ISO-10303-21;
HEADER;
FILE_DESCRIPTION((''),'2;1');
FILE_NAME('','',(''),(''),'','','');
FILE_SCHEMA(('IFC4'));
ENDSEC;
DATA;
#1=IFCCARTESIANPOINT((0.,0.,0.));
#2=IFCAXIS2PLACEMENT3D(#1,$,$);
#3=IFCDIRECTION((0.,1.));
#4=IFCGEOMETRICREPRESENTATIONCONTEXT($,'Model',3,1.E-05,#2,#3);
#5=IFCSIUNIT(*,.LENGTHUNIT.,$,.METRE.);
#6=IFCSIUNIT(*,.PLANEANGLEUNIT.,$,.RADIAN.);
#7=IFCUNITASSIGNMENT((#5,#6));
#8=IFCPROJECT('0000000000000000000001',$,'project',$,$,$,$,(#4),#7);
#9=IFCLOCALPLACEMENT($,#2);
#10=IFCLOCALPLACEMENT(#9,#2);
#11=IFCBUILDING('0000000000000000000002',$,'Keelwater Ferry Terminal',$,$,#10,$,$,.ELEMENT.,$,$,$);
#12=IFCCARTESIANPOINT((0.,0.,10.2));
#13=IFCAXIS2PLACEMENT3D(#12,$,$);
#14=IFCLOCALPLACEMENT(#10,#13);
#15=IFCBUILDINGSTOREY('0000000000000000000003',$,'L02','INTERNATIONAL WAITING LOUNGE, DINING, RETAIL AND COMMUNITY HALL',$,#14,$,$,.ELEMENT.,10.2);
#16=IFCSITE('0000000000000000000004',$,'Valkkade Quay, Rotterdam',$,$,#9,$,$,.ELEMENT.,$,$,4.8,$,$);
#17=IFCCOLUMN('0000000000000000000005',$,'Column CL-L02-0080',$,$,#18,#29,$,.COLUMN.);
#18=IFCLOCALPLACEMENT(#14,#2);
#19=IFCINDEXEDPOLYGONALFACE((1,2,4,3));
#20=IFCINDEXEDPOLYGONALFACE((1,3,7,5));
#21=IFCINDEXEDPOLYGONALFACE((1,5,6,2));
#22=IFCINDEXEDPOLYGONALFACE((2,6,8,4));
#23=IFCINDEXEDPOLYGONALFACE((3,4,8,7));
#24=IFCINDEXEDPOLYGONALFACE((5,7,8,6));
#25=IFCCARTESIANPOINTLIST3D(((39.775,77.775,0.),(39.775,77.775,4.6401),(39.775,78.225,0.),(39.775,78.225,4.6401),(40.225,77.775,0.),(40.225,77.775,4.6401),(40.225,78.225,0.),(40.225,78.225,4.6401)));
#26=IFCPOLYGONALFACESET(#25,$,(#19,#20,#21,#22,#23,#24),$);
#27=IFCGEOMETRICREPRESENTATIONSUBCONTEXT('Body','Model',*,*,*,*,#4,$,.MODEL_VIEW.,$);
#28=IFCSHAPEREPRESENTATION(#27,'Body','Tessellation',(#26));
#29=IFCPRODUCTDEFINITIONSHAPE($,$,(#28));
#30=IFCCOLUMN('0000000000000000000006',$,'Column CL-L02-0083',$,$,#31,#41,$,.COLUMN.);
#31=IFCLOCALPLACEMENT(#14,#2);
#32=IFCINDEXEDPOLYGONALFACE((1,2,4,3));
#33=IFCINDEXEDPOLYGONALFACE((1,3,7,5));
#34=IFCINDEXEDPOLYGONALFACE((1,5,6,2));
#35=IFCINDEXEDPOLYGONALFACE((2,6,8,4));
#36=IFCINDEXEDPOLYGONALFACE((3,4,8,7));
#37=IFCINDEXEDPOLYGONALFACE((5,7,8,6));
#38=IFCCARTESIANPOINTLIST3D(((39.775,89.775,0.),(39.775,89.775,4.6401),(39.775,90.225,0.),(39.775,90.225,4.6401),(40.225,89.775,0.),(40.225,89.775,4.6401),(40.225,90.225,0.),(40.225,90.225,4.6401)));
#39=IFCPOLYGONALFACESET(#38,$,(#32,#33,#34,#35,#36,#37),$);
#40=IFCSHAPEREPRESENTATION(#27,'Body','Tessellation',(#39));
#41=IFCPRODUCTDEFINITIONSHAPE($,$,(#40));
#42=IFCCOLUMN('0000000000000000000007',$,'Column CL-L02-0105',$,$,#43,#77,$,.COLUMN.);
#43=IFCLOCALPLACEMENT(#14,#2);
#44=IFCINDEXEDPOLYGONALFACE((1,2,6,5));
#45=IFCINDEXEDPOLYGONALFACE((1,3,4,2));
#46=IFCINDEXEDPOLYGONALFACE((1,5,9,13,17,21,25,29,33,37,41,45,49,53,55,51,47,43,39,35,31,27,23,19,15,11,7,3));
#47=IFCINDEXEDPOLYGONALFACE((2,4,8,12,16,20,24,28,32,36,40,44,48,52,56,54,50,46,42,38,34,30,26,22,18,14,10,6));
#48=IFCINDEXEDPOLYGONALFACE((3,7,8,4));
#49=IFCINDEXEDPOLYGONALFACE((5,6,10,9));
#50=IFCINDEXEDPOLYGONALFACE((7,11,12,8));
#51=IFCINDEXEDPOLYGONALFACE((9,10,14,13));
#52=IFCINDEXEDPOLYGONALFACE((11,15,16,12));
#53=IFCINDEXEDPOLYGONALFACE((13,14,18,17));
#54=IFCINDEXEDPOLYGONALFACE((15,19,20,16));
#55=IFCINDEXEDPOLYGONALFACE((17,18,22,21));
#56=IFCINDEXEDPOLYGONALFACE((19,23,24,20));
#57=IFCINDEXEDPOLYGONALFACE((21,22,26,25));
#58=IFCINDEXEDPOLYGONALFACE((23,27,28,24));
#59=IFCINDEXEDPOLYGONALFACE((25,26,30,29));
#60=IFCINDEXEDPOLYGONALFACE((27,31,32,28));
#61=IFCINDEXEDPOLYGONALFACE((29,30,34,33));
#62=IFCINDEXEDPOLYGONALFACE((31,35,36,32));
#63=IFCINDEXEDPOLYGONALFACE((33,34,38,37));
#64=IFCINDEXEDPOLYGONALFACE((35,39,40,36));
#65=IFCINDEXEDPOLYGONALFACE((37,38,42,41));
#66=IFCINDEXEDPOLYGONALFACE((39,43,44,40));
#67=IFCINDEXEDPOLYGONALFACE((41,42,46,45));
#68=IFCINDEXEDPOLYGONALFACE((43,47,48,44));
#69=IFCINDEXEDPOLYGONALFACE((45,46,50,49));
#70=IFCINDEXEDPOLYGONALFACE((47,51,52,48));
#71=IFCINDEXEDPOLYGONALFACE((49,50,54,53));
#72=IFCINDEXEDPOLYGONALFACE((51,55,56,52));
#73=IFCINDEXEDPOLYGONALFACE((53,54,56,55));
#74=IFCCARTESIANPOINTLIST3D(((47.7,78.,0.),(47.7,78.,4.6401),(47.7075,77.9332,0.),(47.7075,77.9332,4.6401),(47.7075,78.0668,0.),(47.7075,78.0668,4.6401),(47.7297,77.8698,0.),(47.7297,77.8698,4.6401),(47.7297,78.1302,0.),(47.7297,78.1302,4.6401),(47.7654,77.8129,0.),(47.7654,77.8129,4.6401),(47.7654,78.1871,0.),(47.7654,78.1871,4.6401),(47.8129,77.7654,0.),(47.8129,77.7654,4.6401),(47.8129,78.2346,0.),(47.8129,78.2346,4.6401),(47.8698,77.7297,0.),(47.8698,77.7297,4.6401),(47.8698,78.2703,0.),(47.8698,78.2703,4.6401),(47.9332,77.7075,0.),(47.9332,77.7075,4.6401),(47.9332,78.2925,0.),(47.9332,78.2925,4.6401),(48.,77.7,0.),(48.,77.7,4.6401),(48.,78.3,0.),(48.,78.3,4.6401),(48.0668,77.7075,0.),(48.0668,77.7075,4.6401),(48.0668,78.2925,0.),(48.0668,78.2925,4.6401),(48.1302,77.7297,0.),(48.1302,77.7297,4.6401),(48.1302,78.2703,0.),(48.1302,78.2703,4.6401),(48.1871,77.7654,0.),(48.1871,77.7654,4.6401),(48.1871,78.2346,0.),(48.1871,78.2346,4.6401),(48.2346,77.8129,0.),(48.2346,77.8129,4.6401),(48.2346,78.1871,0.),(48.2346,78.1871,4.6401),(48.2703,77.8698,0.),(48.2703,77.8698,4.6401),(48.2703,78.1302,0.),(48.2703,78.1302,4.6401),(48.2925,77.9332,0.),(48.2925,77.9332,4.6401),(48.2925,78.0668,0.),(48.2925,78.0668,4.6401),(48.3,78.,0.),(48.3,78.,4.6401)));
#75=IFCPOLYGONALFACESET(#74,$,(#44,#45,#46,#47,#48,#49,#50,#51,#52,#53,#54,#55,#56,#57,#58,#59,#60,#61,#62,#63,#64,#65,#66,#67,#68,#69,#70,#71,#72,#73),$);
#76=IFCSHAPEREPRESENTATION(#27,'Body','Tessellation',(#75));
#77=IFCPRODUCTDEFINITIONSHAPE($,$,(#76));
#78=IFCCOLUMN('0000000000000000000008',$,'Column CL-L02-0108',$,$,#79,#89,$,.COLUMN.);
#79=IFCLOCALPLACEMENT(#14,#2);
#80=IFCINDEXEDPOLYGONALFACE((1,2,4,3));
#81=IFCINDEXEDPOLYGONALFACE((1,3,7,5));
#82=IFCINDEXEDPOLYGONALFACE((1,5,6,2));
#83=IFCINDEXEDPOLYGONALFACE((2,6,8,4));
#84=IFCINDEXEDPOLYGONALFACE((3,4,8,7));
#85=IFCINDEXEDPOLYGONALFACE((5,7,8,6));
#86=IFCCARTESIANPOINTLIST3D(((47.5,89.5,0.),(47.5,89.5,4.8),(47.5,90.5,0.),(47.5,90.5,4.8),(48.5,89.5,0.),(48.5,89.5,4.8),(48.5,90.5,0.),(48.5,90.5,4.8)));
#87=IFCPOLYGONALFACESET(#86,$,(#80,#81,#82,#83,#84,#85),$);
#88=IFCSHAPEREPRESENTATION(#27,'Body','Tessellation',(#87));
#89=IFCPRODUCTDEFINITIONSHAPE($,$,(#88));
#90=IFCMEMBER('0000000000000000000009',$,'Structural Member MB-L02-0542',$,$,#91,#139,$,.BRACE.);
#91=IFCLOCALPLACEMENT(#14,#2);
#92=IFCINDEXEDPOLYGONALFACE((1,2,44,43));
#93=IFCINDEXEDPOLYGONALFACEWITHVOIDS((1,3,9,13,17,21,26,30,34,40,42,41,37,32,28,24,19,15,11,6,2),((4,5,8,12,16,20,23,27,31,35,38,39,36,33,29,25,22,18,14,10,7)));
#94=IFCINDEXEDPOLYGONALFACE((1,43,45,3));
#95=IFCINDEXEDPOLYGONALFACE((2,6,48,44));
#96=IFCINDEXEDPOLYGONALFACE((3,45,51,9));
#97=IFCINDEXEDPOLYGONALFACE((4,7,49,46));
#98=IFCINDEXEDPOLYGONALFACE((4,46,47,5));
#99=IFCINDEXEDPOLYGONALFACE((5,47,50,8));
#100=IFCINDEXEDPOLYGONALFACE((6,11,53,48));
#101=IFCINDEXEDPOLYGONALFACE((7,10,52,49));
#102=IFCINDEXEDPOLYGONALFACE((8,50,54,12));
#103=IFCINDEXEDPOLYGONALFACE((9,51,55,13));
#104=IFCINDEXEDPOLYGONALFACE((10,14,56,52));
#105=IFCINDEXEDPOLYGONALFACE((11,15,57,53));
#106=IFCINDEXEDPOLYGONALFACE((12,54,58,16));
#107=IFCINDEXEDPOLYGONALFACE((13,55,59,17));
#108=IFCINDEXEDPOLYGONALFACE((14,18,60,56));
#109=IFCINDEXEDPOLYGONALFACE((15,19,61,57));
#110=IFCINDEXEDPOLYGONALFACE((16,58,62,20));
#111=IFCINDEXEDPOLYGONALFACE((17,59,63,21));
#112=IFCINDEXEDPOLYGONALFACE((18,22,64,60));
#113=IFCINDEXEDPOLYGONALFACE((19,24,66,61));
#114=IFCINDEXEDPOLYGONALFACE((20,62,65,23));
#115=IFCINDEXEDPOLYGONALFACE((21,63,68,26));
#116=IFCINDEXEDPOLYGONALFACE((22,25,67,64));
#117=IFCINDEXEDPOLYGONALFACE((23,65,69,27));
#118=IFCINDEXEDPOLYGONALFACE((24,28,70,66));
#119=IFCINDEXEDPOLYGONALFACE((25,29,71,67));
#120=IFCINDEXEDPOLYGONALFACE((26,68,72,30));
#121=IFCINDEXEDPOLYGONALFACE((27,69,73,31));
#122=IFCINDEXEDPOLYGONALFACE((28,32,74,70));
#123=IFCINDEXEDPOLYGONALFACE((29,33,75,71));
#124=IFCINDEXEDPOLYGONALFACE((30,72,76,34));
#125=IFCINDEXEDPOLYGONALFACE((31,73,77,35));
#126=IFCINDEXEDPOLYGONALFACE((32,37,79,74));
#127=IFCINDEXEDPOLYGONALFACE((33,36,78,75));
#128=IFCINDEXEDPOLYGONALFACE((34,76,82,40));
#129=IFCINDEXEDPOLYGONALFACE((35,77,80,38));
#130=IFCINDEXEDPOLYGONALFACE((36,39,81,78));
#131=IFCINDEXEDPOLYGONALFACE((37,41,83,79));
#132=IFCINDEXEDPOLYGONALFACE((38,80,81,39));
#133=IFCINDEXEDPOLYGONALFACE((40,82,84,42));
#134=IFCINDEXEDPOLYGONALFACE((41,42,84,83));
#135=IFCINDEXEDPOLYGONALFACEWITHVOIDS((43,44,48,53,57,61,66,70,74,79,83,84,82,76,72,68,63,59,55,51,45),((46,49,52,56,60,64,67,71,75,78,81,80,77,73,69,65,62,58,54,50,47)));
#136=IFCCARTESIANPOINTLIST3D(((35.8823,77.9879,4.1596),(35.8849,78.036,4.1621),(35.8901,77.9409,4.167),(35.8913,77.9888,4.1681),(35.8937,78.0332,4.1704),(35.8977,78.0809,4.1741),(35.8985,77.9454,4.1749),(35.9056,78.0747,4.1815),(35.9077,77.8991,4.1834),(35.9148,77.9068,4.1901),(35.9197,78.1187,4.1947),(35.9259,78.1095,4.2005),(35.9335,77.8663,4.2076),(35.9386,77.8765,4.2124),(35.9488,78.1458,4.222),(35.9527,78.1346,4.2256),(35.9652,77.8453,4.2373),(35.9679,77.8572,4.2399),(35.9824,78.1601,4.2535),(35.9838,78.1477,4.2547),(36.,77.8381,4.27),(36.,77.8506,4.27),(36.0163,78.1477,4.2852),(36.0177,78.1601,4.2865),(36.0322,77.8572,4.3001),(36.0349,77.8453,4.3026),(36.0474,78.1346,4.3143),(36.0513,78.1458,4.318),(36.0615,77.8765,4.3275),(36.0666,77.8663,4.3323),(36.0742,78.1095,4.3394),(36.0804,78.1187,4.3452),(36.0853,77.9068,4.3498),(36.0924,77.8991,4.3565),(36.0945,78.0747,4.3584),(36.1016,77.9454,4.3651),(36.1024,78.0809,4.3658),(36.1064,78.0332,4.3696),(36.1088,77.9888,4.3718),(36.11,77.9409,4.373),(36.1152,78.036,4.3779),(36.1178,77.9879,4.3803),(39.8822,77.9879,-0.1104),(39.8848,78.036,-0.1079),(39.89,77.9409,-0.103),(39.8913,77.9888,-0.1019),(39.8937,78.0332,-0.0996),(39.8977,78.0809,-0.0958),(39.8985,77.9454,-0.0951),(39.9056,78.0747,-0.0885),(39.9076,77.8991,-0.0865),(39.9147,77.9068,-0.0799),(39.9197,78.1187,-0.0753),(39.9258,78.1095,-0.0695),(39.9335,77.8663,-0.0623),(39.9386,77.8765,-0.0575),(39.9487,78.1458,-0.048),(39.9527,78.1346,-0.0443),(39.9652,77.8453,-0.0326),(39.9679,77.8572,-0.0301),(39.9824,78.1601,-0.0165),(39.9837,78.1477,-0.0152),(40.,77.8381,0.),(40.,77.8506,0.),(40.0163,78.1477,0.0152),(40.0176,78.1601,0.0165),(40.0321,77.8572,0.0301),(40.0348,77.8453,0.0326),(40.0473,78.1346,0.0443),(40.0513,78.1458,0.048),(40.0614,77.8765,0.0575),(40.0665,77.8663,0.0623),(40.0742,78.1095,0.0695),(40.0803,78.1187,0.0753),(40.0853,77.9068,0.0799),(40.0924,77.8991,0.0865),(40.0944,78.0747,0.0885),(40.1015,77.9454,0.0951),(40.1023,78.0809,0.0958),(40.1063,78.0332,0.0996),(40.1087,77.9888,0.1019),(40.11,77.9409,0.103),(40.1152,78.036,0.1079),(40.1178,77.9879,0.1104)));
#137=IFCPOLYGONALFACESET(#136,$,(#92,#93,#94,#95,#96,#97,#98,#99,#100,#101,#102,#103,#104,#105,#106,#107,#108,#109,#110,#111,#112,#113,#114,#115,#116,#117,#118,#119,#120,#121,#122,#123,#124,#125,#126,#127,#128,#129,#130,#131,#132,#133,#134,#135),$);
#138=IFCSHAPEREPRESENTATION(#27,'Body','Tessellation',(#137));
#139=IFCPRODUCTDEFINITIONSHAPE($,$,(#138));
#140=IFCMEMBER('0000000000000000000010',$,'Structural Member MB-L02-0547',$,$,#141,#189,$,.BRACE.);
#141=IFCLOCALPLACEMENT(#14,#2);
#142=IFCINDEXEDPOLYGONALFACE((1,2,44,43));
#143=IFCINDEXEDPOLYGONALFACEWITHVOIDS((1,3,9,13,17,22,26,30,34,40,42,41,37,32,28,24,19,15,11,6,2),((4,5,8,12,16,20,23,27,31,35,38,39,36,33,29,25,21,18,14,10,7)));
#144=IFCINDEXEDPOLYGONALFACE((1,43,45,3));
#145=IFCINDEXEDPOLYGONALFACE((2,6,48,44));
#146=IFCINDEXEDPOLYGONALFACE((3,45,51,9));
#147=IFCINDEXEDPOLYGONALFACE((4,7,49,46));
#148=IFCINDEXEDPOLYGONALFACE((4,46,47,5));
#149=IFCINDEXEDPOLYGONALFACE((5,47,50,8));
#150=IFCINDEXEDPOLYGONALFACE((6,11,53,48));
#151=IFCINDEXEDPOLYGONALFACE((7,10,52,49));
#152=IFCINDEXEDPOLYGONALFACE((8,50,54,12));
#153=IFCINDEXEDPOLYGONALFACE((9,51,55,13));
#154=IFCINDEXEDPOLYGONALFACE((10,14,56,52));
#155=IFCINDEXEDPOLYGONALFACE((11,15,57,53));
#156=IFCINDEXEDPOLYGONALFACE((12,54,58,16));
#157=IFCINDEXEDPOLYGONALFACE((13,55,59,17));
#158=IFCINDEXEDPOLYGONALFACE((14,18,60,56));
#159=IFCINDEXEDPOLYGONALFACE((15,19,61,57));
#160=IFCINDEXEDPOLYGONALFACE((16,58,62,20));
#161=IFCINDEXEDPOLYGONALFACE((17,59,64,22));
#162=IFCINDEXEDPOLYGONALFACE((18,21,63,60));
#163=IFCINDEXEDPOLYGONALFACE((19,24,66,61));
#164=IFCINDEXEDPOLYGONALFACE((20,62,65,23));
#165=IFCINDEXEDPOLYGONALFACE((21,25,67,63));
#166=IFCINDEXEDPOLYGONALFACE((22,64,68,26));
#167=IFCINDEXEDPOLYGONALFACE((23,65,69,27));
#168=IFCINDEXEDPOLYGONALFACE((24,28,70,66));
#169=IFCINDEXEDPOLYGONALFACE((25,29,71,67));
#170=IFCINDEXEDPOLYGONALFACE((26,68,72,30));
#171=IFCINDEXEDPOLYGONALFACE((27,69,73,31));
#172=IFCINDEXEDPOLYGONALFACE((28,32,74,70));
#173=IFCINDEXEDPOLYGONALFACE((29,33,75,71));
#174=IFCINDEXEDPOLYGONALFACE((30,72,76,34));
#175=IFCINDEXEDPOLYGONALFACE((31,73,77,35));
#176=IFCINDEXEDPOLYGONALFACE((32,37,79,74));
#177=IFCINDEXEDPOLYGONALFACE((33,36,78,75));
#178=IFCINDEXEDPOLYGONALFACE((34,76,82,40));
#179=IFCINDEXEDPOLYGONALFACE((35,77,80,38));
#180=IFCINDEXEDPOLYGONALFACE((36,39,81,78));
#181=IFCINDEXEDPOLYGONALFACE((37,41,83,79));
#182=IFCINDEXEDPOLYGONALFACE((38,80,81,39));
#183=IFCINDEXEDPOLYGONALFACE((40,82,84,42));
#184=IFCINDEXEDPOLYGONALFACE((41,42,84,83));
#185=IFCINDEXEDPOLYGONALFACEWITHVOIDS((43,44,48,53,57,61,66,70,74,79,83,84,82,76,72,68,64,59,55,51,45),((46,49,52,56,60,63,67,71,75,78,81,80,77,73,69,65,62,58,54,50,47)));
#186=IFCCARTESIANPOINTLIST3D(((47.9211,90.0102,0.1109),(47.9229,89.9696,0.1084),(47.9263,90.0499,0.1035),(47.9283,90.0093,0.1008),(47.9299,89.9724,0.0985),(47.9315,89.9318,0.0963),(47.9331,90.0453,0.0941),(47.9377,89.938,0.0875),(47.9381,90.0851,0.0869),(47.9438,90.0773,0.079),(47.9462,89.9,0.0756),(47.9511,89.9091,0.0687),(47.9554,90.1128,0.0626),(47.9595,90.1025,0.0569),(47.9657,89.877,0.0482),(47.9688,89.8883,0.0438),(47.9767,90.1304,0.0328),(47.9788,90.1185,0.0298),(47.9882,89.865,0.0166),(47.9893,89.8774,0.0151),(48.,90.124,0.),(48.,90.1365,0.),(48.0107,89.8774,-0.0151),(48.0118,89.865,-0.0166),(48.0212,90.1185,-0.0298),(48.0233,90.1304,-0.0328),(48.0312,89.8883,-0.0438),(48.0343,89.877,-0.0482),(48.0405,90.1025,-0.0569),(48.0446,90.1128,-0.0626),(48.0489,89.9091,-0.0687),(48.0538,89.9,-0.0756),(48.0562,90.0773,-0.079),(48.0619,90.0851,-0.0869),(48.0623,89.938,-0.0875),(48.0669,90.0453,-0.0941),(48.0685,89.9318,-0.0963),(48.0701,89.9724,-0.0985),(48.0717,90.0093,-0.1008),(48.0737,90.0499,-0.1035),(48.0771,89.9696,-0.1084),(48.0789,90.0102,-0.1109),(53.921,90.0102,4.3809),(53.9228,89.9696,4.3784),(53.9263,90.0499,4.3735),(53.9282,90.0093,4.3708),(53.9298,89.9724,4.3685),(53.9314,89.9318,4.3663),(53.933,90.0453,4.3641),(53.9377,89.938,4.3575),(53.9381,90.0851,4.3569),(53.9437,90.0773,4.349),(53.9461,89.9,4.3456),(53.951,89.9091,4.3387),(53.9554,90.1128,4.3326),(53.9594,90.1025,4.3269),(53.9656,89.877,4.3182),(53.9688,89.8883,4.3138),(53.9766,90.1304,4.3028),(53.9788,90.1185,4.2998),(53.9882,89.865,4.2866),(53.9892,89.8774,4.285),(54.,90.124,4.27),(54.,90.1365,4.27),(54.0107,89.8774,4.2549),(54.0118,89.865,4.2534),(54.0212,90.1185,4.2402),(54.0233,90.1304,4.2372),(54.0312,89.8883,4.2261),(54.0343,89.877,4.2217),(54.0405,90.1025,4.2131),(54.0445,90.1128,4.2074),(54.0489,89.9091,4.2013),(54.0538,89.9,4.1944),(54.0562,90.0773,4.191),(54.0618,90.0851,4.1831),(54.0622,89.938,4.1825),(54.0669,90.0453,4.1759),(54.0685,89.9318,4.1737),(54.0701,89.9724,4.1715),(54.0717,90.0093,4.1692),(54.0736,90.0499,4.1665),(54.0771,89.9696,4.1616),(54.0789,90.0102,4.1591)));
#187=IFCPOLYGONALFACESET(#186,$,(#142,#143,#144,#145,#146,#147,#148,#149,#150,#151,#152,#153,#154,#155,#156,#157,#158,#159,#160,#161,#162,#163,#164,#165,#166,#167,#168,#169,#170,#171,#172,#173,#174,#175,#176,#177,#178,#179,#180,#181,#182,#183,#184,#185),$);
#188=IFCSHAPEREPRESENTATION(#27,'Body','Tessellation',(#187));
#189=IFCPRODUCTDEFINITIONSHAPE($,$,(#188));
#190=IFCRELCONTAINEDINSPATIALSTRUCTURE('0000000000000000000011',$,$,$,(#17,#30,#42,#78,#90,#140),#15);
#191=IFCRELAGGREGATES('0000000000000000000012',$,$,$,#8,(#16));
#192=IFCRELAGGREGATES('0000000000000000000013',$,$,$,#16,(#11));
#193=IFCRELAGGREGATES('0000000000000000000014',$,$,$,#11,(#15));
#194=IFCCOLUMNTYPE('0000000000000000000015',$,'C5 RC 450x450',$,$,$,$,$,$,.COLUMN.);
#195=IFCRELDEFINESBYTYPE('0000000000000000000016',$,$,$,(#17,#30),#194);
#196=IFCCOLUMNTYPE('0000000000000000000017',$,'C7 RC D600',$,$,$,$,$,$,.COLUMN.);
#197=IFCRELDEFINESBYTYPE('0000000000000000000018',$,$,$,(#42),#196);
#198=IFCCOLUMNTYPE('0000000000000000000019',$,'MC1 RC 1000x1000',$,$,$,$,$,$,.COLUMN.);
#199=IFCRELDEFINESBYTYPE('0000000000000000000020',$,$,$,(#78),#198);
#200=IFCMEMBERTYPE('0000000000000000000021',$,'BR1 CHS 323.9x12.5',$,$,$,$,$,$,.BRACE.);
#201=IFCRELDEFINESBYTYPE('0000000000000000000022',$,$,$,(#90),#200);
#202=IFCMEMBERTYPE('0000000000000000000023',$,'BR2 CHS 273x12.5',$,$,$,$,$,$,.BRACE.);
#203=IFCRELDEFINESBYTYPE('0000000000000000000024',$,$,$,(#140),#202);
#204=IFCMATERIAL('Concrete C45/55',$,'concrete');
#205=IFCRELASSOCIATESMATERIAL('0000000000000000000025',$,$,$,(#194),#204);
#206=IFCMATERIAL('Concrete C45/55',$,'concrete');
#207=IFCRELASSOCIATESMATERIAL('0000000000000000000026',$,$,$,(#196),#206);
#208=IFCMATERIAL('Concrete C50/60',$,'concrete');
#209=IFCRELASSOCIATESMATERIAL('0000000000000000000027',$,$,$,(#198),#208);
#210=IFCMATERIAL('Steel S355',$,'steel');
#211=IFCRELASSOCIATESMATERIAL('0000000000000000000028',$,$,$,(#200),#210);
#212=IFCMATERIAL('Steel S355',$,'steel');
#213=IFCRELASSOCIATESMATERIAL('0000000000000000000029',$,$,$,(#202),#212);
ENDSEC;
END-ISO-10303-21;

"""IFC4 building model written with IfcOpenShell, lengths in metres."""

from ifc_helpers import new_model, si_unit, direction, frame, origin, origin_2d, place, context, subcontext, project, spatial, rectangle, circle, hollow_circle, extrude, material, material_profile, profile_set, type_object, element, save


model = new_model("IFC4")

# Units and contexts
model_context = context("Model", 3, precision=1e-05, world=origin(), true_north=direction((0.0, 1.0)))
body_context = subcontext(model_context, "Body", "Model", "MODEL_VIEW")
ifc_project = project(units=[si_unit("LENGTHUNIT", "METRE"), si_unit("PLANEANGLEUNIT", "RADIAN")], contexts=[model_context])

# Site, building, storey
site_placement = place(None, origin())
site = spatial("IfcSite", under=ifc_project, at=site_placement, Name="Valkkade Quay, Rotterdam", CompositionType="ELEMENT", RefElevation=4.8)
building_placement = place(site_placement, origin())
building = spatial("IfcBuilding", under=site, at=building_placement, Name="Keelwater Ferry Terminal", CompositionType="ELEMENT")
storey_placement = place(building_placement, frame((0.0, 0.0, 10.2)))
storey = spatial("IfcBuildingStorey", under=building, at=storey_placement, Name="L02", Description="INTERNATIONAL WAITING LOUNGE, DINING, RETAIL AND COMMUNITY HALL", CompositionType="ELEMENT", Elevation=10.2)

# Columns
ifc_material_1 = material(Name="Concrete C45/55", Category="concrete")
ifc_material_profile_1 = material_profile(ifc_material_1, rectangle(XDim=0.45, YDim=0.45, at=origin_2d()), Name="RC 450x450")
ifc_profile_set_1 = profile_set([ifc_material_profile_1], Name="Concrete C45/55")
column_type_1 = type_object("IfcColumnType", Name="C5 RC 450x450", PredefinedType="COLUMN", material=ifc_profile_set_1)
for number, where, z_axis, x_axis, name in (
    (1, (40.0, 78.0, 0.0), (0.0, 0.0, 1.0), (1.0, 0.0, 0.0), "Column CL-L02-0080"),
    (2, (40.0, 90.0, 0.0), (0.0, 0.0, 1.0), (1.0, 0.0, 0.0), "Column CL-L02-0083"),
):
    element("IfcColumn", number, at=place(storey_placement, frame(where, z_axis=z_axis, x_axis=x_axis)), inside=storey, type_object=column_type_1, Name=name, PredefinedType="COLUMN", context=body_context, shape_type="SweptSolid", body=[
        extrude(rectangle(XDim=0.45, YDim=0.45, at=origin_2d()), origin(), (0.0, 0.0, 1.0), 4.6401),
    ])
ifc_material_2 = material(Name="Concrete C45/55", Category="concrete")
ifc_material_profile_2 = material_profile(ifc_material_2, circle(Radius=0.3, at=origin_2d()), Name="RC D600")
ifc_profile_set_2 = profile_set([ifc_material_profile_2], Name="Concrete C45/55")
column_type_2 = type_object("IfcColumnType", Name="C7 RC D600", PredefinedType="COLUMN", material=ifc_profile_set_2)
column_1_placement = place(storey_placement, frame((48.0, 78.0, 0.0), z_axis=(0.0, 0.0, 1.0), x_axis=(1.0, 0.0, 0.0)))
element("IfcColumn", 3, at=column_1_placement, inside=storey, type_object=column_type_2, Name="Column CL-L02-0105", PredefinedType="COLUMN", context=body_context, shape_type="SweptSolid", body=[
    extrude(circle(Radius=0.3, at=origin_2d()), origin(), (0.0, 0.0, 1.0), 4.6401),
])
ifc_material_3 = material(Name="Concrete C50/60", Category="concrete")
ifc_material_profile_3 = material_profile(ifc_material_3, rectangle(XDim=1.0, YDim=1.0, at=origin_2d()), Name="RC 1000x1000")
ifc_profile_set_3 = profile_set([ifc_material_profile_3], Name="Concrete C50/60")
column_type_3 = type_object("IfcColumnType", Name="MC1 RC 1000x1000", PredefinedType="COLUMN", material=ifc_profile_set_3)
column_2_placement = place(storey_placement, frame((48.0, 90.0, 0.0), z_axis=(0.0, 0.0, 1.0), x_axis=(1.0, 0.0, 0.0)))
element("IfcColumn", 4, at=column_2_placement, inside=storey, type_object=column_type_3, Name="Column CL-L02-0108", PredefinedType="COLUMN", context=body_context, shape_type="SweptSolid", body=[
    extrude(rectangle(XDim=1.0, YDim=1.0, at=origin_2d()), origin(), (0.0, 0.0, 1.0), 4.8),
])

# Members
ifc_material_4 = material(Name="Steel S355", Category="steel")
ifc_material_profile_4 = material_profile(ifc_material_4, hollow_circle(Radius=0.1619, WallThickness=0.0125, at=origin_2d()), Name="CHS 323.9x12.5")
ifc_profile_set_4 = profile_set([ifc_material_profile_4], Name="Steel S355")
member_type_1 = type_object("IfcMemberType", Name="BR1 CHS 323.9x12.5", PredefinedType="BRACE", material=ifc_profile_set_4)
member_1_placement = place(storey_placement, frame((40.0, 78.0, 0.0), z_axis=(-0.683655, 0.0, 0.729805), x_axis=(0.0, -1.0, 0.0)))
element("IfcMember", 5, at=member_1_placement, inside=storey, type_object=member_type_1, Name="Structural Member MB-L02-0542", PredefinedType="BRACE", context=body_context, shape_type="SweptSolid", body=[
    extrude(hollow_circle(Radius=0.1619, WallThickness=0.0125, at=origin_2d()), origin(), (0.0, 0.0, 1.0), 5.8508),
])
ifc_material_5 = material(Name="Steel S355", Category="steel")
ifc_material_profile_5 = material_profile(ifc_material_5, hollow_circle(Radius=0.1365, WallThickness=0.0125, at=origin_2d()), Name="CHS 273x12.5")
ifc_profile_set_5 = profile_set([ifc_material_profile_5], Name="Steel S355")
member_type_2 = type_object("IfcMemberType", Name="BR2 CHS 273x12.5", PredefinedType="BRACE", material=ifc_profile_set_5)
member_2_placement = place(storey_placement, frame((48.0, 90.0, 0.0), z_axis=(0.81474, 0.0, 0.579826), x_axis=(0.0, 1.0, 0.0)))
element("IfcMember", 6, at=member_2_placement, inside=storey, type_object=member_type_2, Name="Structural Member MB-L02-0547", PredefinedType="BRACE", context=body_context, shape_type="SweptSolid", body=[
    extrude(hollow_circle(Radius=0.1365, WallThickness=0.0125, at=origin_2d()), origin(), (0.0, 0.0, 1.0), 7.3643),
])

save(model, "model.ifc")
